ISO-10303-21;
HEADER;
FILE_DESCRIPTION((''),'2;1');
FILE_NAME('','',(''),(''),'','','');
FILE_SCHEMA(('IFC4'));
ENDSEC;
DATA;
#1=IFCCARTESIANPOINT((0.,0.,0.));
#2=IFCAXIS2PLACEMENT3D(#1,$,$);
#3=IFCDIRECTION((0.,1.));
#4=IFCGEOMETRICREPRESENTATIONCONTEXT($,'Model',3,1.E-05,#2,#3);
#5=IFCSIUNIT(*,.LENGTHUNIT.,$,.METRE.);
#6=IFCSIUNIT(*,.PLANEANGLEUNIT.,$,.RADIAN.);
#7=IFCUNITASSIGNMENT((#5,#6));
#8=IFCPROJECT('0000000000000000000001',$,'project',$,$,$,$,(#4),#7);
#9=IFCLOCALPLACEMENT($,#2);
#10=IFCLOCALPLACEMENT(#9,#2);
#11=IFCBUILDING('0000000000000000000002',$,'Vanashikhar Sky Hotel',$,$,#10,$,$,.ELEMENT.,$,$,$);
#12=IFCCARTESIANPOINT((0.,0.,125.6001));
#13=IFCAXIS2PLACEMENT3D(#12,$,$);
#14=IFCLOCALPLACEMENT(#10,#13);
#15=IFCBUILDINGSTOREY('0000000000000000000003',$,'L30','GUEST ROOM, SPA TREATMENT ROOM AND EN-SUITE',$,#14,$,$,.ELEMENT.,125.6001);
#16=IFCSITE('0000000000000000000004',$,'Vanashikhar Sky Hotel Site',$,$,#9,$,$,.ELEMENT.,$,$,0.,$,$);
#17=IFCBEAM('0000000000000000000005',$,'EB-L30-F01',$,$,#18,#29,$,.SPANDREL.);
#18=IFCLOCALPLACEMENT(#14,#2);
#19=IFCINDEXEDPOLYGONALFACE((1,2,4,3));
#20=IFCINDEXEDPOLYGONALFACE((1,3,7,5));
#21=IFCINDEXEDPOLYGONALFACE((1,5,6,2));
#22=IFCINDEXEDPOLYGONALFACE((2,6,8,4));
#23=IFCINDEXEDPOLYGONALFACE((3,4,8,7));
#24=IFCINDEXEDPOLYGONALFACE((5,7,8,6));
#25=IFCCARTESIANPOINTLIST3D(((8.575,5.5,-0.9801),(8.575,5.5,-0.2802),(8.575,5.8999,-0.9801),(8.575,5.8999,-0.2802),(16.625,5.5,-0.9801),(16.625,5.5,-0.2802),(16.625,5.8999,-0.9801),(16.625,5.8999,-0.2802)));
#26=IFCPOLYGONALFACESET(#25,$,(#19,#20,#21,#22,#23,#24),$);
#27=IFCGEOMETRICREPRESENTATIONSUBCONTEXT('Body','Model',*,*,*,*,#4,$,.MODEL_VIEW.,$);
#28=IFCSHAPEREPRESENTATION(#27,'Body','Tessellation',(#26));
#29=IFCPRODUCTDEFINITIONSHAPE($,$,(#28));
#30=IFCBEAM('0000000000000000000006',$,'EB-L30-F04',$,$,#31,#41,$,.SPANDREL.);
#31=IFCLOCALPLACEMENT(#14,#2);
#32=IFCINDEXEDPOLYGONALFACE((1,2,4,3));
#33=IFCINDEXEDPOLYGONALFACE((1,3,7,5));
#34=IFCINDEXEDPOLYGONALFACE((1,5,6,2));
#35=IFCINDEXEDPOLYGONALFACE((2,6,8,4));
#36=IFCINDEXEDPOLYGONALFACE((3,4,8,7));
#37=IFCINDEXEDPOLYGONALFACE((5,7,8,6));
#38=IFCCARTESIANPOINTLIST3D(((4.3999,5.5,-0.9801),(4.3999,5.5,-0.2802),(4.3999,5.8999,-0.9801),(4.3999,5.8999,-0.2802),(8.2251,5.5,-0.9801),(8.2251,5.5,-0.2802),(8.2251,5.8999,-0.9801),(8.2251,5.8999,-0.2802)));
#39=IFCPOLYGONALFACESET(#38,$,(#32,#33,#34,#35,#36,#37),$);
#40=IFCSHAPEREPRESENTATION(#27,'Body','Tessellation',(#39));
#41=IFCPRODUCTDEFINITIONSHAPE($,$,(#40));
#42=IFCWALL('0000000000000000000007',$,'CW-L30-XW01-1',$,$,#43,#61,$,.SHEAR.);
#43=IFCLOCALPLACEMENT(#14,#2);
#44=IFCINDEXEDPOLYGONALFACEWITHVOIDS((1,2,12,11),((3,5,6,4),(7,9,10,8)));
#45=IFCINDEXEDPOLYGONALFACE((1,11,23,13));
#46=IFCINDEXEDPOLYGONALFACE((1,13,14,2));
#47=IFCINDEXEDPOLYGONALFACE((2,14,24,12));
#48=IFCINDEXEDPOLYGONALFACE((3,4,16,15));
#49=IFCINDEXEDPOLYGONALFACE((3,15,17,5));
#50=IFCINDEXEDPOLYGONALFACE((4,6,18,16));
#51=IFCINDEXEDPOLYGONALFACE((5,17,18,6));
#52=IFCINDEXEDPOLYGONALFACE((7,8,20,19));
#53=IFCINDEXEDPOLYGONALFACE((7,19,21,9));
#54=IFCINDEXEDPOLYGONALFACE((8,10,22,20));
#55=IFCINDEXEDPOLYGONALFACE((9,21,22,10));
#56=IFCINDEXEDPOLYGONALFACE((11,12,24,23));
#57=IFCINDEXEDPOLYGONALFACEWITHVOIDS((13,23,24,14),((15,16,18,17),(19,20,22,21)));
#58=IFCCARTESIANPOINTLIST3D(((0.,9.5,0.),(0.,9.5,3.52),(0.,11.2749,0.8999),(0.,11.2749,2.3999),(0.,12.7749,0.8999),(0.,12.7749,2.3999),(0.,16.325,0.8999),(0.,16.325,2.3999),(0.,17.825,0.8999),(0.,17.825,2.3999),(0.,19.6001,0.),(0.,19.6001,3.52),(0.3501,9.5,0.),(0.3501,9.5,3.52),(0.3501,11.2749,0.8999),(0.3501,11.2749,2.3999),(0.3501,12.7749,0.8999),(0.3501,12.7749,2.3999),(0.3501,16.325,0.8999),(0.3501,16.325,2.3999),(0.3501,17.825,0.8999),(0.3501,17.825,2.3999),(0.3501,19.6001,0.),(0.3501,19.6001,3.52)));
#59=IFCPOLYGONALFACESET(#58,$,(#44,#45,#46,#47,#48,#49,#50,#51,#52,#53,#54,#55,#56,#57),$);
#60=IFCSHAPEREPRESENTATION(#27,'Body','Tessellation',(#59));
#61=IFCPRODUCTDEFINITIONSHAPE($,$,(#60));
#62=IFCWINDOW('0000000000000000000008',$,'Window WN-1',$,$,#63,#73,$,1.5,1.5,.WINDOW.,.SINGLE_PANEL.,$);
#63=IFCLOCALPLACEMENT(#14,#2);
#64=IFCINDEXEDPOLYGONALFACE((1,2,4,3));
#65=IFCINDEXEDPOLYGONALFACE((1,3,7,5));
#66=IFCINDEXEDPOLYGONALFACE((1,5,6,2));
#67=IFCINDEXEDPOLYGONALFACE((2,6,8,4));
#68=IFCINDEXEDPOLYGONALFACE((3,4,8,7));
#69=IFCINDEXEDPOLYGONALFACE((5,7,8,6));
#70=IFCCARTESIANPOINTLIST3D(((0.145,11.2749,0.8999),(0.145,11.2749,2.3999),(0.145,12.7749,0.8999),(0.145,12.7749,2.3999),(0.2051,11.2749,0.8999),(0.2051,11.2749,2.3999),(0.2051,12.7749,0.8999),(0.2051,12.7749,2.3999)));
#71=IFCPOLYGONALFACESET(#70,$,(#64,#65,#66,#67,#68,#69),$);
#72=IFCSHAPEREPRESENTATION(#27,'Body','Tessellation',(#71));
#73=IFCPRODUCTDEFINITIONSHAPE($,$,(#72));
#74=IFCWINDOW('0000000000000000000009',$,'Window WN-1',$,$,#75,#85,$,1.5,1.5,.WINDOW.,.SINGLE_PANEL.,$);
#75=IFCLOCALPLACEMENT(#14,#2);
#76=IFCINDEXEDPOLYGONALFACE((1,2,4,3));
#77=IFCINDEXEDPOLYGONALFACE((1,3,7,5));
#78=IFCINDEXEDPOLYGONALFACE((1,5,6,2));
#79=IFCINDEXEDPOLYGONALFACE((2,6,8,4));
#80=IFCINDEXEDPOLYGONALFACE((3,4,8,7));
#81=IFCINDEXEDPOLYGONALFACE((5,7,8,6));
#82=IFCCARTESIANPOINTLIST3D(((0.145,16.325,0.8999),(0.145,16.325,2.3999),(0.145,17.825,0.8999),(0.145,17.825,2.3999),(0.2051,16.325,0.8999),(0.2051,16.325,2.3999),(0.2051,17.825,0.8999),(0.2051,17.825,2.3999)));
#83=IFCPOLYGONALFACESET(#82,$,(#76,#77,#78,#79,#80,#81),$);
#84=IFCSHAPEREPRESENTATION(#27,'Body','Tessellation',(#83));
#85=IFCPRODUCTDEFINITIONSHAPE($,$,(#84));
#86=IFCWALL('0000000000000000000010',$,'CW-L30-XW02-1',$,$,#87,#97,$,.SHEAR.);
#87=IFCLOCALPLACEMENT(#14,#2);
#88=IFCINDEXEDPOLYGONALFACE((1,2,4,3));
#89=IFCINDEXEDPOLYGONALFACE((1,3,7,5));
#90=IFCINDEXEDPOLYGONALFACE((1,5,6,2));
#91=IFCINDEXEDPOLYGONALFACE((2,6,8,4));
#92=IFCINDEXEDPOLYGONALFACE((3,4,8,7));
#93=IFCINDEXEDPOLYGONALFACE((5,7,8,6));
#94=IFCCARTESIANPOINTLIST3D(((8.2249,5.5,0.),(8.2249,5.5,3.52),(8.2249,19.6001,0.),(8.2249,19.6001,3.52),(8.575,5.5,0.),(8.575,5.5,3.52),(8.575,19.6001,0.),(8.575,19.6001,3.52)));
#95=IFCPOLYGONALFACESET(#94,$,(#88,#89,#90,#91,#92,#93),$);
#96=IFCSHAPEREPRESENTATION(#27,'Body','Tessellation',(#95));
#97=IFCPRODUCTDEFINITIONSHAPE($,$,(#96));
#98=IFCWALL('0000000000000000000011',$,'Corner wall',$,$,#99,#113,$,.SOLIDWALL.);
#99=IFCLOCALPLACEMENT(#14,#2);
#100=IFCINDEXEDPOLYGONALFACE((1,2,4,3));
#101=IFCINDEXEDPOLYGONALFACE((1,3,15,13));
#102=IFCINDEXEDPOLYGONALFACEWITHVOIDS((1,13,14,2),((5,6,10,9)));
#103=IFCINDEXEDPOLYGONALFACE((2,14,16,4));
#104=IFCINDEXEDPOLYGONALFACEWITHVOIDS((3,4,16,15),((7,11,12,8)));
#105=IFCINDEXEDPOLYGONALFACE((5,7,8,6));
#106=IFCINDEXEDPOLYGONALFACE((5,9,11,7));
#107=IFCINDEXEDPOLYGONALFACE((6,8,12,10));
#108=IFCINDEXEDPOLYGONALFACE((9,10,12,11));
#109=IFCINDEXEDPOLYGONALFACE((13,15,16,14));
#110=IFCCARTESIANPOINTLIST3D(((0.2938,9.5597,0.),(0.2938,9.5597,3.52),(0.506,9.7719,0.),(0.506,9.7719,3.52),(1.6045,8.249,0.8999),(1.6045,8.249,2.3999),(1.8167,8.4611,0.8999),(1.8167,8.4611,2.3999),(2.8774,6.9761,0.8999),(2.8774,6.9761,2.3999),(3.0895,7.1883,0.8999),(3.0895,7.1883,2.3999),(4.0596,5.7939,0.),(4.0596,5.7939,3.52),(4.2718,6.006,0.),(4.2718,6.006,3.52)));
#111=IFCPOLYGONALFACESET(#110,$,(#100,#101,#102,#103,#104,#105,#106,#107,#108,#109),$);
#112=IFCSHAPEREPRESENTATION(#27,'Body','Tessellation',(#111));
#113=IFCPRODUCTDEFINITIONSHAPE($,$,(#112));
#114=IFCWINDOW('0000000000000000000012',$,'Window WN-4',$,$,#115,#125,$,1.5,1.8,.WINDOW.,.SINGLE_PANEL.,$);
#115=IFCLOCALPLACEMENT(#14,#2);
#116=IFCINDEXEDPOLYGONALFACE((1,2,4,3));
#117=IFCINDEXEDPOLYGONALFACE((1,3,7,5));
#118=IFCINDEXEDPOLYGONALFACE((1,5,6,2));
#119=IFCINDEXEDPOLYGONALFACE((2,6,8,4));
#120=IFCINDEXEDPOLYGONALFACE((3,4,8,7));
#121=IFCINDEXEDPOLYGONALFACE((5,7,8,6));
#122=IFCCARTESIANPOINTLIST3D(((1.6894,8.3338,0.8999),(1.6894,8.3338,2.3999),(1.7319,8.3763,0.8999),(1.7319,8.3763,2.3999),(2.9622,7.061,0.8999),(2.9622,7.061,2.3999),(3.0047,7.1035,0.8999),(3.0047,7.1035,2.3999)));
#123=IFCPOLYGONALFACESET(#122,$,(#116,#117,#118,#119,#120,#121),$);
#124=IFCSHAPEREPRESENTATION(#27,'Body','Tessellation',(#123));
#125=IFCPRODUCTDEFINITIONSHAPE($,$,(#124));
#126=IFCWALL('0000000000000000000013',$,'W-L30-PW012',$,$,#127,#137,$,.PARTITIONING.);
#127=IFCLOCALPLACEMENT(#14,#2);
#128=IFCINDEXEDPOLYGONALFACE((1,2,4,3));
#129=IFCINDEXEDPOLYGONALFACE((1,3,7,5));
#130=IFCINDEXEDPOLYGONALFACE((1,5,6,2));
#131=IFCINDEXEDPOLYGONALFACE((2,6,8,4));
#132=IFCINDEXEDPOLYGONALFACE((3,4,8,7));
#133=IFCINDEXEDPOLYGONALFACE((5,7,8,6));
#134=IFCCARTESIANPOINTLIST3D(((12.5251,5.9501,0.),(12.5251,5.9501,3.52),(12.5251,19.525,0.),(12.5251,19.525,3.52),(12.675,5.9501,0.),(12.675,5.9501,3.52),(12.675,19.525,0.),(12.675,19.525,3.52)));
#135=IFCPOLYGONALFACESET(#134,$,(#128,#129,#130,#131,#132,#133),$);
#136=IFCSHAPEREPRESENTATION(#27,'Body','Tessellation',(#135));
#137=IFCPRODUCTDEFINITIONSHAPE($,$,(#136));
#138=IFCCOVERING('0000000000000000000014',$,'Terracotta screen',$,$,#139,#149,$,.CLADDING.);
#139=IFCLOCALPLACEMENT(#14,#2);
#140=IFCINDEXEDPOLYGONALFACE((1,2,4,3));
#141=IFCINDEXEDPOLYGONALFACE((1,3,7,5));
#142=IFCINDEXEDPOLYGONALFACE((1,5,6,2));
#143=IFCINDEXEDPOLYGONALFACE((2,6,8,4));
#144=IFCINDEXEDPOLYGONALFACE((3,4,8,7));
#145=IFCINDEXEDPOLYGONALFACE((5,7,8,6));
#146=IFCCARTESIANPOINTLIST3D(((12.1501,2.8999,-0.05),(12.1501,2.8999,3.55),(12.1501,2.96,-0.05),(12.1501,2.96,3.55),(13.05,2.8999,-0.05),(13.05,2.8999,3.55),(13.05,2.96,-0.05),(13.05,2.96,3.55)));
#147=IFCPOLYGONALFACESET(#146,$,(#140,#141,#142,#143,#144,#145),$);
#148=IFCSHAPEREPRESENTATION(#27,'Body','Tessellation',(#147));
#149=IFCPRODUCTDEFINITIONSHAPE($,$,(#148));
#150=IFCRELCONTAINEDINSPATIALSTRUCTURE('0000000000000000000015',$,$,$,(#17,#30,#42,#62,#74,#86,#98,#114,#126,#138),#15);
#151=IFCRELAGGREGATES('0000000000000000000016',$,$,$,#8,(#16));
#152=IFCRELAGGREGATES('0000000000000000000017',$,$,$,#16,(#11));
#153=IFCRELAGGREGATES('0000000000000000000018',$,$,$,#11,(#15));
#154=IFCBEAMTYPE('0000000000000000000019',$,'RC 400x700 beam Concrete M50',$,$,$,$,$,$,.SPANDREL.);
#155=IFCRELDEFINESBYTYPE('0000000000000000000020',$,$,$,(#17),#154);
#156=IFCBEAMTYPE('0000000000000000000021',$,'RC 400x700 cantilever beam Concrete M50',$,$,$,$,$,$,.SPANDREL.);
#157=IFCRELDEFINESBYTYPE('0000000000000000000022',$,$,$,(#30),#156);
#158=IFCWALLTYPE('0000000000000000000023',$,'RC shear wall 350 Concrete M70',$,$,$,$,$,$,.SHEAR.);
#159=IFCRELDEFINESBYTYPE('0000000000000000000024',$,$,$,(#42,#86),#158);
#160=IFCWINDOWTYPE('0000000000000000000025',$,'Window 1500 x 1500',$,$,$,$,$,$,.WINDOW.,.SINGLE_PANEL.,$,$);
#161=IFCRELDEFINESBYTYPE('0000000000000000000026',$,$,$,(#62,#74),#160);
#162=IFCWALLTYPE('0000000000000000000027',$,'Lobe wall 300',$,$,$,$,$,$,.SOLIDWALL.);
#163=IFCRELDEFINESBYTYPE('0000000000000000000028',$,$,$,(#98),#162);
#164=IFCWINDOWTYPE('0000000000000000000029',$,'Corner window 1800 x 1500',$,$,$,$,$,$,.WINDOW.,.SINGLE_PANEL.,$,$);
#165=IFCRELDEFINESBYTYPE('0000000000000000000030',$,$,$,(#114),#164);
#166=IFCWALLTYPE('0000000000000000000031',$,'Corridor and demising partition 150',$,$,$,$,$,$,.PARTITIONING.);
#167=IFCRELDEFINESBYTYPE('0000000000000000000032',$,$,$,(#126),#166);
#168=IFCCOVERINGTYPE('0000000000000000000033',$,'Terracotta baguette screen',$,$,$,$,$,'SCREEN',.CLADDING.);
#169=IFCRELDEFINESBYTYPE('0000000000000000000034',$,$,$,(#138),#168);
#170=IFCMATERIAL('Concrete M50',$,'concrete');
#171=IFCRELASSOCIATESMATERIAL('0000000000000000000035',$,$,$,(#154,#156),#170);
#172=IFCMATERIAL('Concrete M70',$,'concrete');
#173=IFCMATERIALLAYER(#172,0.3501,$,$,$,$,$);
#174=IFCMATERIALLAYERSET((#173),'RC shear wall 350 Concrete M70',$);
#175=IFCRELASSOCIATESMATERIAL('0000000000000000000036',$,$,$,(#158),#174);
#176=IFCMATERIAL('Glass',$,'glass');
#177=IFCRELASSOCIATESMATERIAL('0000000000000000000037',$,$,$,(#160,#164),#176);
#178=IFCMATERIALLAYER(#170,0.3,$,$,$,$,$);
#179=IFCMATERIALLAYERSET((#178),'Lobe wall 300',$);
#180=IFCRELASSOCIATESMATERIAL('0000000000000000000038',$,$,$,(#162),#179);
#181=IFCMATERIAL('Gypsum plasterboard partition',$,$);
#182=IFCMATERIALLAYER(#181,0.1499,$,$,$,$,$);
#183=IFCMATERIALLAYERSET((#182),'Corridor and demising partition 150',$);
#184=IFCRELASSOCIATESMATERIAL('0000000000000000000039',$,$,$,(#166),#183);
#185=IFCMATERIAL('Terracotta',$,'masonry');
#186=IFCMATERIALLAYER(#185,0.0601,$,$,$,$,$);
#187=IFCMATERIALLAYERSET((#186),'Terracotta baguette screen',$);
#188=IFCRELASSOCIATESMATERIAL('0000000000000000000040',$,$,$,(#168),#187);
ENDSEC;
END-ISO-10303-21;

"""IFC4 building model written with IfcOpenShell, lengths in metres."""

from ifc_helpers import new_model, si_unit, direction, frame, frame_2d, origin, origin_2d, place, context, subcontext, project, spatial, rectangle, extrude, source, transform, mapped, material, layer, layer_set, material_profile, profile_set, type_object, element, fill, save


model = new_model("IFC4")

# Units and contexts
model_context = context("Model", 3, precision=1e-05, world=origin(), true_north=direction((0.0, 1.0)))
body_context = subcontext(model_context, "Body", "Model", "MODEL_VIEW")
ifc_project = project(units=[si_unit("LENGTHUNIT", "METRE"), si_unit("PLANEANGLEUNIT", "RADIAN")], contexts=[model_context])

# Site, building, storey
site_placement = place(None, origin())
site = spatial("IfcSite", under=ifc_project, at=site_placement, Name="Vanashikhar Sky Hotel Site", CompositionType="ELEMENT", RefElevation=0.0)
building_placement = place(site_placement, origin())
building = spatial("IfcBuilding", under=site, at=building_placement, Name="Vanashikhar Sky Hotel", CompositionType="ELEMENT")
storey_placement = place(building_placement, frame((0.0, 0.0, 125.6001)))
storey = spatial("IfcBuildingStorey", under=building, at=storey_placement, Name="L30", Description="GUEST ROOM, SPA TREATMENT ROOM AND EN-SUITE", CompositionType="ELEMENT", Elevation=125.6001)

# Beams
ifc_material_1 = material(Name="Concrete M50", Category="concrete")
ifc_material_profile_1 = material_profile(ifc_material_1, rectangle(XDim=0.3999, YDim=0.7, at=origin_2d()))
ifc_profile_set_1 = profile_set([ifc_material_profile_1], Name="RC 400x700 beam Concrete M50")
beam_type_1 = type_object("IfcBeamType", Name="RC 400x700 beam Concrete M50", PredefinedType="SPANDREL", material=ifc_profile_set_1)
shared_shape_1 = source(origin(), body_context, "Body", "SweptSolid", [
    extrude(rectangle(XDim=0.3999, YDim=0.7, at=origin_2d()), origin(), (0.0, 0.0, 1.0), 8.05),
])
beam_1_placement = place(storey_placement, frame((8.575, 5.7, -0.6301), z_axis=(1.0, 0.0, 0.0), x_axis=(0.0, 1.0, 0.0)))
element("IfcBeam", 1, at=beam_1_placement, inside=storey, type_object=beam_type_1, Name="EB-L30-F01", PredefinedType="SPANDREL", context=body_context, shape_type="MappedRepresentation", body=[
    mapped(shared_shape_1, transform((0.0, 0.0, 0.0), scale=1.0)),
])
ifc_material_profile_2 = material_profile(ifc_material_1, rectangle(XDim=0.3999, YDim=0.7, at=origin_2d()))
ifc_profile_set_2 = profile_set([ifc_material_profile_2], Name="RC 400x700 cantilever beam Concrete M50")
beam_type_2 = type_object("IfcBeamType", Name="RC 400x700 cantilever beam Concrete M50", PredefinedType="SPANDREL", material=ifc_profile_set_2)
shared_shape_2 = source(origin(), body_context, "Body", "SweptSolid", [
    extrude(rectangle(XDim=0.3999, YDim=0.7, at=origin_2d()), origin(), (0.0, 0.0, 1.0), 3.8252),
])
beam_2_placement = place(storey_placement, frame((4.3999, 5.7, -0.6301), z_axis=(1.0, 0.0, 0.0), x_axis=(0.0, 1.0, 0.0)))
element("IfcBeam", 2, at=beam_2_placement, inside=storey, type_object=beam_type_2, Name="EB-L30-F04", PredefinedType="SPANDREL", context=body_context, shape_type="MappedRepresentation", body=[
    mapped(shared_shape_2, transform((0.0, 0.0, 0.0), scale=1.0)),
])

# Wall, openings, windows
ifc_material_2 = material(Name="Concrete M70", Category="concrete")
ifc_layer_1 = layer(ifc_material_2, 0.3501)
ifc_layer_set_1 = layer_set([ifc_layer_1], Name="RC shear wall 350 Concrete M70")
wall_type_1 = type_object("IfcWallType", Name="RC shear wall 350 Concrete M70", PredefinedType="SHEAR", material=ifc_layer_set_1)
shared_shape_3 = source(origin(), body_context, "Body", "SweptSolid", [
    extrude(rectangle(XDim=10.1001, YDim=0.3501, at=frame_2d((5.05, 0.0))), origin(), (0.0, 0.0, 1.0), 3.52),
])
wall_1_placement = place(storey_placement, frame((0.175, 9.5, 0.0), z_axis=(0.0, 0.0, 1.0), x_axis=(0.0, 1.0, 0.0)))
wall_1 = element("IfcWall", 3, at=wall_1_placement, inside=storey, type_object=wall_type_1, Name="CW-L30-XW01-1", PredefinedType="SHEAR", context=body_context, shape_type="MappedRepresentation", body=[
    mapped(shared_shape_3, transform((0.0, 0.0, 0.0), scale=1.0)),
])
shared_shape_4 = source(origin(), body_context, "Body", "SweptSolid", [
    extrude(rectangle(XDim=1.5, YDim=1.5, at=frame_2d((0.75, 0.75))), frame((0.0, 0.1851, 0.0), z_axis=(0.0, -1.0, 0.0), x_axis=(1.0, 0.0, 0.0)), (0.0, 0.0, 1.0), 0.3701),
])
opening_1_placement = place(wall_1_placement, frame((1.7749, 0.0, 0.8999)))
opening_1 = element("IfcOpeningElement", 4, at=opening_1_placement, cuts=wall_1, PredefinedType="OPENING", context=body_context, shape_type="MappedRepresentation", body=[
    mapped(shared_shape_4, transform((0.0, 0.0, 0.0), scale=1.0)),
])
opening_2_placement = place(wall_1_placement, frame((6.825, 0.0, 0.8999)))
opening_2 = element("IfcOpeningElement", 5, at=opening_2_placement, cuts=wall_1, PredefinedType="OPENING", context=body_context, shape_type="MappedRepresentation", body=[
    mapped(shared_shape_4, transform((0.0, 0.0, 0.0), scale=1.0)),
])
ifc_material_3 = material(Name="Glass", Category="glass")
window_type_1 = type_object("IfcWindowType", Name="Window 1500 x 1500", PartitioningType="SINGLE_PANEL", PredefinedType="WINDOW", material=ifc_material_3)
shared_shape_5 = source(origin(), body_context, "Body", "SweptSolid", [
    extrude(rectangle(XDim=1.5, YDim=1.5, at=frame_2d((0.75, 0.75))), frame((0.0, 0.03, 0.0), z_axis=(0.0, -1.0, 0.0), x_axis=(1.0, 0.0, 0.0)), (0.0, 0.0, 1.0), 0.0601),
])
window_1_placement = place(opening_1_placement, origin())
window_1 = element("IfcWindow", 6, at=window_1_placement, inside=storey, type_object=window_type_1, Name="Window WN-1", OverallHeight=1.5, OverallWidth=1.5, PartitioningType="SINGLE_PANEL", PredefinedType="WINDOW", context=body_context, shape_type="MappedRepresentation", body=[
    mapped(shared_shape_5, transform((0.0, 0.0, 0.0), scale=1.0)),
])
fill(opening_1, window_1)
window_2_placement = place(opening_2_placement, origin())
window_2 = element("IfcWindow", 7, at=window_2_placement, inside=storey, type_object=window_type_1, Name="Window WN-1", OverallHeight=1.5, OverallWidth=1.5, PartitioningType="SINGLE_PANEL", PredefinedType="WINDOW", context=body_context, shape_type="MappedRepresentation", body=[
    mapped(shared_shape_5, transform((0.0, 0.0, 0.0), scale=1.0)),
])
fill(opening_2, window_2)

# Wall
shared_shape_6 = source(origin(), body_context, "Body", "SweptSolid", [
    extrude(rectangle(XDim=14.1001, YDim=0.3501, at=frame_2d((7.05, 0.0))), origin(), (0.0, 0.0, 1.0), 3.52),
])
wall_2_placement = place(storey_placement, frame((8.3999, 5.5, 0.0), z_axis=(0.0, 0.0, 1.0), x_axis=(0.0, 1.0, 0.0)))
element("IfcWall", 8, at=wall_2_placement, inside=storey, type_object=wall_type_1, Name="CW-L30-XW02-1", PredefinedType="SHEAR", context=body_context, shape_type="MappedRepresentation", body=[
    mapped(shared_shape_6, transform((0.0, 0.0, 0.0), scale=1.0)),
])

# Wall, opening, window
ifc_layer_2 = layer(ifc_material_1, 0.3)
ifc_layer_set_2 = layer_set([ifc_layer_2], Name="Lobe wall 300")
wall_type_2 = type_object("IfcWallType", Name="Lobe wall 300", PredefinedType="SOLIDWALL", material=ifc_layer_set_2)
shared_shape_7 = source(origin(), body_context, "Body", "SweptSolid", [
    extrude(rectangle(XDim=5.3257, YDim=0.3, at=frame_2d((2.6628, 0.0))), origin(), (0.0, 0.0, 1.0), 3.52),
])
wall_3_placement = place(storey_placement, frame((0.3999, 9.6658, 0.0), z_axis=(0.0, 0.0, 1.0), x_axis=(0.707107, -0.707107, 0.0)))
wall_3 = element("IfcWall", 9, at=wall_3_placement, inside=storey, type_object=wall_type_2, Name="Corner wall", PredefinedType="SOLIDWALL", context=body_context, shape_type="MappedRepresentation", body=[
    mapped(shared_shape_7, transform((0.0, 0.0, 0.0), scale=1.0)),
])
shared_shape_8 = source(origin(), body_context, "Body", "SweptSolid", [
    extrude(rectangle(XDim=1.8, YDim=1.5, at=frame_2d((0.8999, 0.75))), frame((0.0, 0.1602, 0.0), z_axis=(0.0, -1.0, 0.0), x_axis=(1.0, 0.0, 0.0)), (0.0, 0.0, 1.0), 0.3201),
])
opening_3_placement = place(wall_3_placement, frame((1.8538, 0.0, 0.8999)))
opening_3 = element("IfcOpeningElement", 10, at=opening_3_placement, cuts=wall_3, PredefinedType="OPENING", context=body_context, shape_type="MappedRepresentation", body=[
    mapped(shared_shape_8, transform((0.0, 0.0, 0.0), scale=1.0)),
])
window_type_2 = type_object("IfcWindowType", Name="Corner window 1800 x 1500", PartitioningType="SINGLE_PANEL", PredefinedType="WINDOW", material=ifc_material_3)
shared_shape_9 = source(origin(), body_context, "Body", "SweptSolid", [
    extrude(rectangle(XDim=1.8, YDim=1.5, at=frame_2d((0.8999, 0.75))), frame((0.0, 0.03, 0.0), z_axis=(0.0, -1.0, 0.0), x_axis=(1.0, 0.0, 0.0)), (0.0, 0.0, 1.0), 0.0601),
])
window_3_placement = place(opening_3_placement, origin())
window_3 = element("IfcWindow", 11, at=window_3_placement, inside=storey, type_object=window_type_2, Name="Window WN-4", OverallHeight=1.5, OverallWidth=1.8, PartitioningType="SINGLE_PANEL", PredefinedType="WINDOW", context=body_context, shape_type="MappedRepresentation", body=[
    mapped(shared_shape_9, transform((0.0, 0.0, 0.0), scale=1.0)),
])
fill(opening_3, window_3)

# Wall
ifc_material_4 = material(Name="Gypsum plasterboard partition")
ifc_layer_3 = layer(ifc_material_4, 0.1499)
ifc_layer_set_3 = layer_set([ifc_layer_3], Name="Corridor and demising partition 150")
wall_type_3 = type_object("IfcWallType", Name="Corridor and demising partition 150", PredefinedType="PARTITIONING", material=ifc_layer_set_3)
shared_shape_10 = source(origin(), body_context, "Body", "SweptSolid", [
    extrude(rectangle(XDim=13.575, YDim=0.1499, at=frame_2d((6.7876, 0.0))), origin(), (0.0, 0.0, 1.0), 3.52),
])
wall_4_placement = place(storey_placement, frame((12.6001, 5.95, 0.0), z_axis=(0.0, 0.0, 1.0), x_axis=(0.0, 1.0, 0.0)))
element("IfcWall", 12, at=wall_4_placement, inside=storey, type_object=wall_type_3, Name="W-L30-PW012", PredefinedType="PARTITIONING", context=body_context, shape_type="MappedRepresentation", body=[
    mapped(shared_shape_10, transform((0.0, 0.0, 0.0), scale=1.0)),
])

# Covering
ifc_material_5 = material(Name="Terracotta", Category="masonry")
ifc_layer_4 = layer(ifc_material_5, 0.0601)
ifc_layer_set_4 = layer_set([ifc_layer_4], Name="Terracotta baguette screen")
covering_type = type_object("IfcCoveringType", Name="Terracotta baguette screen", ElementType="SCREEN", PredefinedType="CLADDING", material=ifc_layer_set_4)
shared_shape_11 = source(origin(), body_context, "Body", "SweptSolid", [
    extrude(rectangle(XDim=0.8999, YDim=0.0601, at=origin_2d()), origin(), (0.0, 0.0, 1.0), 3.6001),
])
covering_placement = place(storey_placement, frame((12.6001, 2.9299, -0.05), z_axis=(0.0, 0.0, 1.0), x_axis=(1.0, 0.0, 0.0)))
element("IfcCovering", 13, at=covering_placement, inside=storey, type_object=covering_type, Name="Terracotta screen", PredefinedType="CLADDING", context=body_context, shape_type="MappedRepresentation", body=[
    mapped(shared_shape_11, transform((0.0, 0.0, 0.0), scale=1.0)),
])

save(model, "model.ifc")
